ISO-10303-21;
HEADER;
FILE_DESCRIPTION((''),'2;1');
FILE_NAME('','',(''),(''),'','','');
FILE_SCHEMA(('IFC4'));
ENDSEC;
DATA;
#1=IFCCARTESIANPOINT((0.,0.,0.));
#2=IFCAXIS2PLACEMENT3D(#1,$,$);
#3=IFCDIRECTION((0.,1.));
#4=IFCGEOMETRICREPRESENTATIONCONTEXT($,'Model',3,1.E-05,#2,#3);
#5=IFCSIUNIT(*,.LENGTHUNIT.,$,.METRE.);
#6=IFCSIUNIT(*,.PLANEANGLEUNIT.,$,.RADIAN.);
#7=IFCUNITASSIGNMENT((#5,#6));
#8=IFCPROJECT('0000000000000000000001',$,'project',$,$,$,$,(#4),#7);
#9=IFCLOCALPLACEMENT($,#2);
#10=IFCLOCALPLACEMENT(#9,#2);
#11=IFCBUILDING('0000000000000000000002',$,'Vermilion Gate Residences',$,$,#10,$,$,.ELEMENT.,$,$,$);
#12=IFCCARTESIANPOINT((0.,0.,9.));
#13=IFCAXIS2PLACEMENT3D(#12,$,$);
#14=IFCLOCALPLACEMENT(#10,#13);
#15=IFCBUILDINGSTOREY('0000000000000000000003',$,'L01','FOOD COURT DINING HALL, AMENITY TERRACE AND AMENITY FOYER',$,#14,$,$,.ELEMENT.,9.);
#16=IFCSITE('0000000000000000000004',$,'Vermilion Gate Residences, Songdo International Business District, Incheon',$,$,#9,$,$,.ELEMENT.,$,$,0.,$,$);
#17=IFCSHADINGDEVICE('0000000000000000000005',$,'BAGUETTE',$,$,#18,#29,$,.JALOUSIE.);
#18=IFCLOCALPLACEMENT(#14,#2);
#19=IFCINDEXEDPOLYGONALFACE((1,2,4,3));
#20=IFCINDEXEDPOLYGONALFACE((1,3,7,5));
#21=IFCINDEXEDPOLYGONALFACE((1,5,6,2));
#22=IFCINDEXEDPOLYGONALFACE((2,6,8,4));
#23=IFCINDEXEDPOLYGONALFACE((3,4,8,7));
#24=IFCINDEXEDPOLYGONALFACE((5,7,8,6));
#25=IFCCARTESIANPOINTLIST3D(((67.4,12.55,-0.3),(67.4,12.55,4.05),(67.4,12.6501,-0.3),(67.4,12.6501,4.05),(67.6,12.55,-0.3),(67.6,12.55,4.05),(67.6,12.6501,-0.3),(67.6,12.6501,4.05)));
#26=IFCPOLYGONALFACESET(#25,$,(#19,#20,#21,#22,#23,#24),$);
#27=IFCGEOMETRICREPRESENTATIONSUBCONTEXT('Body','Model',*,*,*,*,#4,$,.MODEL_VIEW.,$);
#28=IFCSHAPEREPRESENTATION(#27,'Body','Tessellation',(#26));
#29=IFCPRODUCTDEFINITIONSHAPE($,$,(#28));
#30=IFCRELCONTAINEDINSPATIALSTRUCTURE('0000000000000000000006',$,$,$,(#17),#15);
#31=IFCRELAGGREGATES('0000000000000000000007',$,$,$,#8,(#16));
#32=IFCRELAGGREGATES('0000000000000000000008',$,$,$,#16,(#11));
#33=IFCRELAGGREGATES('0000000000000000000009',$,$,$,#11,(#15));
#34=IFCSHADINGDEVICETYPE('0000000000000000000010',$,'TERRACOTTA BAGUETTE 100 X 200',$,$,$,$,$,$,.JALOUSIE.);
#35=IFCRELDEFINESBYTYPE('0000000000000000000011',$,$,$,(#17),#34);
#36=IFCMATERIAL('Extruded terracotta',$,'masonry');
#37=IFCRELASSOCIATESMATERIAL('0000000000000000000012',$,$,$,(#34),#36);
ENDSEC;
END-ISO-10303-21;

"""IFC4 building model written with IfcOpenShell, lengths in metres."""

from ifc_helpers import new_model, si_unit, direction, frame, origin, origin_2d, place, context, subcontext, project, spatial, rectangle, extrude, material, material_profile, profile_set, type_object, element, save


model = new_model("IFC4")

# Units and contexts
model_context = context("Model", 3, precision=1e-05, world=origin(), true_north=direction((0.0, 1.0)))
body_context = subcontext(model_context, "Body", "Model", "MODEL_VIEW")
ifc_project = project(units=[si_unit("LENGTHUNIT", "METRE"), si_unit("PLANEANGLEUNIT", "RADIAN")], contexts=[model_context])

# Site, building, storey
site_placement = place(None, origin())
site = spatial("IfcSite", under=ifc_project, at=site_placement, Name="Vermilion Gate Residences, Songdo International Business District, Incheon", CompositionType="ELEMENT", RefElevation=0.0)
building_placement = place(site_placement, origin())
building = spatial("IfcBuilding", under=site, at=building_placement, Name="Vermilion Gate Residences", CompositionType="ELEMENT")
storey_placement = place(building_placement, frame((0.0, 0.0, 9.0)))
storey = spatial("IfcBuildingStorey", under=building, at=storey_placement, Name="L01", Description="FOOD COURT DINING HALL, AMENITY TERRACE AND AMENITY FOYER", CompositionType="ELEMENT", Elevation=9.0)

# Shading device
ifc_material_1 = material(Name="Extruded terracotta", Category="masonry")
ifc_material_profile_1 = material_profile(ifc_material_1, rectangle(XDim=0.2, YDim=0.1001, at=origin_2d()), Name="BAGUETTE 100 X 200")
ifc_profile_set_1 = profile_set([ifc_material_profile_1], Name="Extruded terracotta")
shading_device_type = type_object("IfcShadingDeviceType", Name="TERRACOTTA BAGUETTE 100 X 200", PredefinedType="JALOUSIE", material=ifc_profile_set_1)
for number, where, z_axis, x_axis, name in (
    (1, (67.5, 12.6001, -0.3), (0.0, 0.0, 1.0), (-1.0, 0.0, 0.0), "BAGUETTE"),
):
    element("IfcShadingDevice", number, at=place(storey_placement, frame(where, z_axis=z_axis, x_axis=x_axis)), inside=storey, type_object=shading_device_type, Name=name, PredefinedType="JALOUSIE", context=body_context, shape_type="SweptSolid", body=[
        extrude(rectangle(XDim=0.2, YDim=0.1001, at=origin_2d()), origin(), (0.0, 0.0, 1.0), 4.3501),
    ])

save(model, "model.ifc")
